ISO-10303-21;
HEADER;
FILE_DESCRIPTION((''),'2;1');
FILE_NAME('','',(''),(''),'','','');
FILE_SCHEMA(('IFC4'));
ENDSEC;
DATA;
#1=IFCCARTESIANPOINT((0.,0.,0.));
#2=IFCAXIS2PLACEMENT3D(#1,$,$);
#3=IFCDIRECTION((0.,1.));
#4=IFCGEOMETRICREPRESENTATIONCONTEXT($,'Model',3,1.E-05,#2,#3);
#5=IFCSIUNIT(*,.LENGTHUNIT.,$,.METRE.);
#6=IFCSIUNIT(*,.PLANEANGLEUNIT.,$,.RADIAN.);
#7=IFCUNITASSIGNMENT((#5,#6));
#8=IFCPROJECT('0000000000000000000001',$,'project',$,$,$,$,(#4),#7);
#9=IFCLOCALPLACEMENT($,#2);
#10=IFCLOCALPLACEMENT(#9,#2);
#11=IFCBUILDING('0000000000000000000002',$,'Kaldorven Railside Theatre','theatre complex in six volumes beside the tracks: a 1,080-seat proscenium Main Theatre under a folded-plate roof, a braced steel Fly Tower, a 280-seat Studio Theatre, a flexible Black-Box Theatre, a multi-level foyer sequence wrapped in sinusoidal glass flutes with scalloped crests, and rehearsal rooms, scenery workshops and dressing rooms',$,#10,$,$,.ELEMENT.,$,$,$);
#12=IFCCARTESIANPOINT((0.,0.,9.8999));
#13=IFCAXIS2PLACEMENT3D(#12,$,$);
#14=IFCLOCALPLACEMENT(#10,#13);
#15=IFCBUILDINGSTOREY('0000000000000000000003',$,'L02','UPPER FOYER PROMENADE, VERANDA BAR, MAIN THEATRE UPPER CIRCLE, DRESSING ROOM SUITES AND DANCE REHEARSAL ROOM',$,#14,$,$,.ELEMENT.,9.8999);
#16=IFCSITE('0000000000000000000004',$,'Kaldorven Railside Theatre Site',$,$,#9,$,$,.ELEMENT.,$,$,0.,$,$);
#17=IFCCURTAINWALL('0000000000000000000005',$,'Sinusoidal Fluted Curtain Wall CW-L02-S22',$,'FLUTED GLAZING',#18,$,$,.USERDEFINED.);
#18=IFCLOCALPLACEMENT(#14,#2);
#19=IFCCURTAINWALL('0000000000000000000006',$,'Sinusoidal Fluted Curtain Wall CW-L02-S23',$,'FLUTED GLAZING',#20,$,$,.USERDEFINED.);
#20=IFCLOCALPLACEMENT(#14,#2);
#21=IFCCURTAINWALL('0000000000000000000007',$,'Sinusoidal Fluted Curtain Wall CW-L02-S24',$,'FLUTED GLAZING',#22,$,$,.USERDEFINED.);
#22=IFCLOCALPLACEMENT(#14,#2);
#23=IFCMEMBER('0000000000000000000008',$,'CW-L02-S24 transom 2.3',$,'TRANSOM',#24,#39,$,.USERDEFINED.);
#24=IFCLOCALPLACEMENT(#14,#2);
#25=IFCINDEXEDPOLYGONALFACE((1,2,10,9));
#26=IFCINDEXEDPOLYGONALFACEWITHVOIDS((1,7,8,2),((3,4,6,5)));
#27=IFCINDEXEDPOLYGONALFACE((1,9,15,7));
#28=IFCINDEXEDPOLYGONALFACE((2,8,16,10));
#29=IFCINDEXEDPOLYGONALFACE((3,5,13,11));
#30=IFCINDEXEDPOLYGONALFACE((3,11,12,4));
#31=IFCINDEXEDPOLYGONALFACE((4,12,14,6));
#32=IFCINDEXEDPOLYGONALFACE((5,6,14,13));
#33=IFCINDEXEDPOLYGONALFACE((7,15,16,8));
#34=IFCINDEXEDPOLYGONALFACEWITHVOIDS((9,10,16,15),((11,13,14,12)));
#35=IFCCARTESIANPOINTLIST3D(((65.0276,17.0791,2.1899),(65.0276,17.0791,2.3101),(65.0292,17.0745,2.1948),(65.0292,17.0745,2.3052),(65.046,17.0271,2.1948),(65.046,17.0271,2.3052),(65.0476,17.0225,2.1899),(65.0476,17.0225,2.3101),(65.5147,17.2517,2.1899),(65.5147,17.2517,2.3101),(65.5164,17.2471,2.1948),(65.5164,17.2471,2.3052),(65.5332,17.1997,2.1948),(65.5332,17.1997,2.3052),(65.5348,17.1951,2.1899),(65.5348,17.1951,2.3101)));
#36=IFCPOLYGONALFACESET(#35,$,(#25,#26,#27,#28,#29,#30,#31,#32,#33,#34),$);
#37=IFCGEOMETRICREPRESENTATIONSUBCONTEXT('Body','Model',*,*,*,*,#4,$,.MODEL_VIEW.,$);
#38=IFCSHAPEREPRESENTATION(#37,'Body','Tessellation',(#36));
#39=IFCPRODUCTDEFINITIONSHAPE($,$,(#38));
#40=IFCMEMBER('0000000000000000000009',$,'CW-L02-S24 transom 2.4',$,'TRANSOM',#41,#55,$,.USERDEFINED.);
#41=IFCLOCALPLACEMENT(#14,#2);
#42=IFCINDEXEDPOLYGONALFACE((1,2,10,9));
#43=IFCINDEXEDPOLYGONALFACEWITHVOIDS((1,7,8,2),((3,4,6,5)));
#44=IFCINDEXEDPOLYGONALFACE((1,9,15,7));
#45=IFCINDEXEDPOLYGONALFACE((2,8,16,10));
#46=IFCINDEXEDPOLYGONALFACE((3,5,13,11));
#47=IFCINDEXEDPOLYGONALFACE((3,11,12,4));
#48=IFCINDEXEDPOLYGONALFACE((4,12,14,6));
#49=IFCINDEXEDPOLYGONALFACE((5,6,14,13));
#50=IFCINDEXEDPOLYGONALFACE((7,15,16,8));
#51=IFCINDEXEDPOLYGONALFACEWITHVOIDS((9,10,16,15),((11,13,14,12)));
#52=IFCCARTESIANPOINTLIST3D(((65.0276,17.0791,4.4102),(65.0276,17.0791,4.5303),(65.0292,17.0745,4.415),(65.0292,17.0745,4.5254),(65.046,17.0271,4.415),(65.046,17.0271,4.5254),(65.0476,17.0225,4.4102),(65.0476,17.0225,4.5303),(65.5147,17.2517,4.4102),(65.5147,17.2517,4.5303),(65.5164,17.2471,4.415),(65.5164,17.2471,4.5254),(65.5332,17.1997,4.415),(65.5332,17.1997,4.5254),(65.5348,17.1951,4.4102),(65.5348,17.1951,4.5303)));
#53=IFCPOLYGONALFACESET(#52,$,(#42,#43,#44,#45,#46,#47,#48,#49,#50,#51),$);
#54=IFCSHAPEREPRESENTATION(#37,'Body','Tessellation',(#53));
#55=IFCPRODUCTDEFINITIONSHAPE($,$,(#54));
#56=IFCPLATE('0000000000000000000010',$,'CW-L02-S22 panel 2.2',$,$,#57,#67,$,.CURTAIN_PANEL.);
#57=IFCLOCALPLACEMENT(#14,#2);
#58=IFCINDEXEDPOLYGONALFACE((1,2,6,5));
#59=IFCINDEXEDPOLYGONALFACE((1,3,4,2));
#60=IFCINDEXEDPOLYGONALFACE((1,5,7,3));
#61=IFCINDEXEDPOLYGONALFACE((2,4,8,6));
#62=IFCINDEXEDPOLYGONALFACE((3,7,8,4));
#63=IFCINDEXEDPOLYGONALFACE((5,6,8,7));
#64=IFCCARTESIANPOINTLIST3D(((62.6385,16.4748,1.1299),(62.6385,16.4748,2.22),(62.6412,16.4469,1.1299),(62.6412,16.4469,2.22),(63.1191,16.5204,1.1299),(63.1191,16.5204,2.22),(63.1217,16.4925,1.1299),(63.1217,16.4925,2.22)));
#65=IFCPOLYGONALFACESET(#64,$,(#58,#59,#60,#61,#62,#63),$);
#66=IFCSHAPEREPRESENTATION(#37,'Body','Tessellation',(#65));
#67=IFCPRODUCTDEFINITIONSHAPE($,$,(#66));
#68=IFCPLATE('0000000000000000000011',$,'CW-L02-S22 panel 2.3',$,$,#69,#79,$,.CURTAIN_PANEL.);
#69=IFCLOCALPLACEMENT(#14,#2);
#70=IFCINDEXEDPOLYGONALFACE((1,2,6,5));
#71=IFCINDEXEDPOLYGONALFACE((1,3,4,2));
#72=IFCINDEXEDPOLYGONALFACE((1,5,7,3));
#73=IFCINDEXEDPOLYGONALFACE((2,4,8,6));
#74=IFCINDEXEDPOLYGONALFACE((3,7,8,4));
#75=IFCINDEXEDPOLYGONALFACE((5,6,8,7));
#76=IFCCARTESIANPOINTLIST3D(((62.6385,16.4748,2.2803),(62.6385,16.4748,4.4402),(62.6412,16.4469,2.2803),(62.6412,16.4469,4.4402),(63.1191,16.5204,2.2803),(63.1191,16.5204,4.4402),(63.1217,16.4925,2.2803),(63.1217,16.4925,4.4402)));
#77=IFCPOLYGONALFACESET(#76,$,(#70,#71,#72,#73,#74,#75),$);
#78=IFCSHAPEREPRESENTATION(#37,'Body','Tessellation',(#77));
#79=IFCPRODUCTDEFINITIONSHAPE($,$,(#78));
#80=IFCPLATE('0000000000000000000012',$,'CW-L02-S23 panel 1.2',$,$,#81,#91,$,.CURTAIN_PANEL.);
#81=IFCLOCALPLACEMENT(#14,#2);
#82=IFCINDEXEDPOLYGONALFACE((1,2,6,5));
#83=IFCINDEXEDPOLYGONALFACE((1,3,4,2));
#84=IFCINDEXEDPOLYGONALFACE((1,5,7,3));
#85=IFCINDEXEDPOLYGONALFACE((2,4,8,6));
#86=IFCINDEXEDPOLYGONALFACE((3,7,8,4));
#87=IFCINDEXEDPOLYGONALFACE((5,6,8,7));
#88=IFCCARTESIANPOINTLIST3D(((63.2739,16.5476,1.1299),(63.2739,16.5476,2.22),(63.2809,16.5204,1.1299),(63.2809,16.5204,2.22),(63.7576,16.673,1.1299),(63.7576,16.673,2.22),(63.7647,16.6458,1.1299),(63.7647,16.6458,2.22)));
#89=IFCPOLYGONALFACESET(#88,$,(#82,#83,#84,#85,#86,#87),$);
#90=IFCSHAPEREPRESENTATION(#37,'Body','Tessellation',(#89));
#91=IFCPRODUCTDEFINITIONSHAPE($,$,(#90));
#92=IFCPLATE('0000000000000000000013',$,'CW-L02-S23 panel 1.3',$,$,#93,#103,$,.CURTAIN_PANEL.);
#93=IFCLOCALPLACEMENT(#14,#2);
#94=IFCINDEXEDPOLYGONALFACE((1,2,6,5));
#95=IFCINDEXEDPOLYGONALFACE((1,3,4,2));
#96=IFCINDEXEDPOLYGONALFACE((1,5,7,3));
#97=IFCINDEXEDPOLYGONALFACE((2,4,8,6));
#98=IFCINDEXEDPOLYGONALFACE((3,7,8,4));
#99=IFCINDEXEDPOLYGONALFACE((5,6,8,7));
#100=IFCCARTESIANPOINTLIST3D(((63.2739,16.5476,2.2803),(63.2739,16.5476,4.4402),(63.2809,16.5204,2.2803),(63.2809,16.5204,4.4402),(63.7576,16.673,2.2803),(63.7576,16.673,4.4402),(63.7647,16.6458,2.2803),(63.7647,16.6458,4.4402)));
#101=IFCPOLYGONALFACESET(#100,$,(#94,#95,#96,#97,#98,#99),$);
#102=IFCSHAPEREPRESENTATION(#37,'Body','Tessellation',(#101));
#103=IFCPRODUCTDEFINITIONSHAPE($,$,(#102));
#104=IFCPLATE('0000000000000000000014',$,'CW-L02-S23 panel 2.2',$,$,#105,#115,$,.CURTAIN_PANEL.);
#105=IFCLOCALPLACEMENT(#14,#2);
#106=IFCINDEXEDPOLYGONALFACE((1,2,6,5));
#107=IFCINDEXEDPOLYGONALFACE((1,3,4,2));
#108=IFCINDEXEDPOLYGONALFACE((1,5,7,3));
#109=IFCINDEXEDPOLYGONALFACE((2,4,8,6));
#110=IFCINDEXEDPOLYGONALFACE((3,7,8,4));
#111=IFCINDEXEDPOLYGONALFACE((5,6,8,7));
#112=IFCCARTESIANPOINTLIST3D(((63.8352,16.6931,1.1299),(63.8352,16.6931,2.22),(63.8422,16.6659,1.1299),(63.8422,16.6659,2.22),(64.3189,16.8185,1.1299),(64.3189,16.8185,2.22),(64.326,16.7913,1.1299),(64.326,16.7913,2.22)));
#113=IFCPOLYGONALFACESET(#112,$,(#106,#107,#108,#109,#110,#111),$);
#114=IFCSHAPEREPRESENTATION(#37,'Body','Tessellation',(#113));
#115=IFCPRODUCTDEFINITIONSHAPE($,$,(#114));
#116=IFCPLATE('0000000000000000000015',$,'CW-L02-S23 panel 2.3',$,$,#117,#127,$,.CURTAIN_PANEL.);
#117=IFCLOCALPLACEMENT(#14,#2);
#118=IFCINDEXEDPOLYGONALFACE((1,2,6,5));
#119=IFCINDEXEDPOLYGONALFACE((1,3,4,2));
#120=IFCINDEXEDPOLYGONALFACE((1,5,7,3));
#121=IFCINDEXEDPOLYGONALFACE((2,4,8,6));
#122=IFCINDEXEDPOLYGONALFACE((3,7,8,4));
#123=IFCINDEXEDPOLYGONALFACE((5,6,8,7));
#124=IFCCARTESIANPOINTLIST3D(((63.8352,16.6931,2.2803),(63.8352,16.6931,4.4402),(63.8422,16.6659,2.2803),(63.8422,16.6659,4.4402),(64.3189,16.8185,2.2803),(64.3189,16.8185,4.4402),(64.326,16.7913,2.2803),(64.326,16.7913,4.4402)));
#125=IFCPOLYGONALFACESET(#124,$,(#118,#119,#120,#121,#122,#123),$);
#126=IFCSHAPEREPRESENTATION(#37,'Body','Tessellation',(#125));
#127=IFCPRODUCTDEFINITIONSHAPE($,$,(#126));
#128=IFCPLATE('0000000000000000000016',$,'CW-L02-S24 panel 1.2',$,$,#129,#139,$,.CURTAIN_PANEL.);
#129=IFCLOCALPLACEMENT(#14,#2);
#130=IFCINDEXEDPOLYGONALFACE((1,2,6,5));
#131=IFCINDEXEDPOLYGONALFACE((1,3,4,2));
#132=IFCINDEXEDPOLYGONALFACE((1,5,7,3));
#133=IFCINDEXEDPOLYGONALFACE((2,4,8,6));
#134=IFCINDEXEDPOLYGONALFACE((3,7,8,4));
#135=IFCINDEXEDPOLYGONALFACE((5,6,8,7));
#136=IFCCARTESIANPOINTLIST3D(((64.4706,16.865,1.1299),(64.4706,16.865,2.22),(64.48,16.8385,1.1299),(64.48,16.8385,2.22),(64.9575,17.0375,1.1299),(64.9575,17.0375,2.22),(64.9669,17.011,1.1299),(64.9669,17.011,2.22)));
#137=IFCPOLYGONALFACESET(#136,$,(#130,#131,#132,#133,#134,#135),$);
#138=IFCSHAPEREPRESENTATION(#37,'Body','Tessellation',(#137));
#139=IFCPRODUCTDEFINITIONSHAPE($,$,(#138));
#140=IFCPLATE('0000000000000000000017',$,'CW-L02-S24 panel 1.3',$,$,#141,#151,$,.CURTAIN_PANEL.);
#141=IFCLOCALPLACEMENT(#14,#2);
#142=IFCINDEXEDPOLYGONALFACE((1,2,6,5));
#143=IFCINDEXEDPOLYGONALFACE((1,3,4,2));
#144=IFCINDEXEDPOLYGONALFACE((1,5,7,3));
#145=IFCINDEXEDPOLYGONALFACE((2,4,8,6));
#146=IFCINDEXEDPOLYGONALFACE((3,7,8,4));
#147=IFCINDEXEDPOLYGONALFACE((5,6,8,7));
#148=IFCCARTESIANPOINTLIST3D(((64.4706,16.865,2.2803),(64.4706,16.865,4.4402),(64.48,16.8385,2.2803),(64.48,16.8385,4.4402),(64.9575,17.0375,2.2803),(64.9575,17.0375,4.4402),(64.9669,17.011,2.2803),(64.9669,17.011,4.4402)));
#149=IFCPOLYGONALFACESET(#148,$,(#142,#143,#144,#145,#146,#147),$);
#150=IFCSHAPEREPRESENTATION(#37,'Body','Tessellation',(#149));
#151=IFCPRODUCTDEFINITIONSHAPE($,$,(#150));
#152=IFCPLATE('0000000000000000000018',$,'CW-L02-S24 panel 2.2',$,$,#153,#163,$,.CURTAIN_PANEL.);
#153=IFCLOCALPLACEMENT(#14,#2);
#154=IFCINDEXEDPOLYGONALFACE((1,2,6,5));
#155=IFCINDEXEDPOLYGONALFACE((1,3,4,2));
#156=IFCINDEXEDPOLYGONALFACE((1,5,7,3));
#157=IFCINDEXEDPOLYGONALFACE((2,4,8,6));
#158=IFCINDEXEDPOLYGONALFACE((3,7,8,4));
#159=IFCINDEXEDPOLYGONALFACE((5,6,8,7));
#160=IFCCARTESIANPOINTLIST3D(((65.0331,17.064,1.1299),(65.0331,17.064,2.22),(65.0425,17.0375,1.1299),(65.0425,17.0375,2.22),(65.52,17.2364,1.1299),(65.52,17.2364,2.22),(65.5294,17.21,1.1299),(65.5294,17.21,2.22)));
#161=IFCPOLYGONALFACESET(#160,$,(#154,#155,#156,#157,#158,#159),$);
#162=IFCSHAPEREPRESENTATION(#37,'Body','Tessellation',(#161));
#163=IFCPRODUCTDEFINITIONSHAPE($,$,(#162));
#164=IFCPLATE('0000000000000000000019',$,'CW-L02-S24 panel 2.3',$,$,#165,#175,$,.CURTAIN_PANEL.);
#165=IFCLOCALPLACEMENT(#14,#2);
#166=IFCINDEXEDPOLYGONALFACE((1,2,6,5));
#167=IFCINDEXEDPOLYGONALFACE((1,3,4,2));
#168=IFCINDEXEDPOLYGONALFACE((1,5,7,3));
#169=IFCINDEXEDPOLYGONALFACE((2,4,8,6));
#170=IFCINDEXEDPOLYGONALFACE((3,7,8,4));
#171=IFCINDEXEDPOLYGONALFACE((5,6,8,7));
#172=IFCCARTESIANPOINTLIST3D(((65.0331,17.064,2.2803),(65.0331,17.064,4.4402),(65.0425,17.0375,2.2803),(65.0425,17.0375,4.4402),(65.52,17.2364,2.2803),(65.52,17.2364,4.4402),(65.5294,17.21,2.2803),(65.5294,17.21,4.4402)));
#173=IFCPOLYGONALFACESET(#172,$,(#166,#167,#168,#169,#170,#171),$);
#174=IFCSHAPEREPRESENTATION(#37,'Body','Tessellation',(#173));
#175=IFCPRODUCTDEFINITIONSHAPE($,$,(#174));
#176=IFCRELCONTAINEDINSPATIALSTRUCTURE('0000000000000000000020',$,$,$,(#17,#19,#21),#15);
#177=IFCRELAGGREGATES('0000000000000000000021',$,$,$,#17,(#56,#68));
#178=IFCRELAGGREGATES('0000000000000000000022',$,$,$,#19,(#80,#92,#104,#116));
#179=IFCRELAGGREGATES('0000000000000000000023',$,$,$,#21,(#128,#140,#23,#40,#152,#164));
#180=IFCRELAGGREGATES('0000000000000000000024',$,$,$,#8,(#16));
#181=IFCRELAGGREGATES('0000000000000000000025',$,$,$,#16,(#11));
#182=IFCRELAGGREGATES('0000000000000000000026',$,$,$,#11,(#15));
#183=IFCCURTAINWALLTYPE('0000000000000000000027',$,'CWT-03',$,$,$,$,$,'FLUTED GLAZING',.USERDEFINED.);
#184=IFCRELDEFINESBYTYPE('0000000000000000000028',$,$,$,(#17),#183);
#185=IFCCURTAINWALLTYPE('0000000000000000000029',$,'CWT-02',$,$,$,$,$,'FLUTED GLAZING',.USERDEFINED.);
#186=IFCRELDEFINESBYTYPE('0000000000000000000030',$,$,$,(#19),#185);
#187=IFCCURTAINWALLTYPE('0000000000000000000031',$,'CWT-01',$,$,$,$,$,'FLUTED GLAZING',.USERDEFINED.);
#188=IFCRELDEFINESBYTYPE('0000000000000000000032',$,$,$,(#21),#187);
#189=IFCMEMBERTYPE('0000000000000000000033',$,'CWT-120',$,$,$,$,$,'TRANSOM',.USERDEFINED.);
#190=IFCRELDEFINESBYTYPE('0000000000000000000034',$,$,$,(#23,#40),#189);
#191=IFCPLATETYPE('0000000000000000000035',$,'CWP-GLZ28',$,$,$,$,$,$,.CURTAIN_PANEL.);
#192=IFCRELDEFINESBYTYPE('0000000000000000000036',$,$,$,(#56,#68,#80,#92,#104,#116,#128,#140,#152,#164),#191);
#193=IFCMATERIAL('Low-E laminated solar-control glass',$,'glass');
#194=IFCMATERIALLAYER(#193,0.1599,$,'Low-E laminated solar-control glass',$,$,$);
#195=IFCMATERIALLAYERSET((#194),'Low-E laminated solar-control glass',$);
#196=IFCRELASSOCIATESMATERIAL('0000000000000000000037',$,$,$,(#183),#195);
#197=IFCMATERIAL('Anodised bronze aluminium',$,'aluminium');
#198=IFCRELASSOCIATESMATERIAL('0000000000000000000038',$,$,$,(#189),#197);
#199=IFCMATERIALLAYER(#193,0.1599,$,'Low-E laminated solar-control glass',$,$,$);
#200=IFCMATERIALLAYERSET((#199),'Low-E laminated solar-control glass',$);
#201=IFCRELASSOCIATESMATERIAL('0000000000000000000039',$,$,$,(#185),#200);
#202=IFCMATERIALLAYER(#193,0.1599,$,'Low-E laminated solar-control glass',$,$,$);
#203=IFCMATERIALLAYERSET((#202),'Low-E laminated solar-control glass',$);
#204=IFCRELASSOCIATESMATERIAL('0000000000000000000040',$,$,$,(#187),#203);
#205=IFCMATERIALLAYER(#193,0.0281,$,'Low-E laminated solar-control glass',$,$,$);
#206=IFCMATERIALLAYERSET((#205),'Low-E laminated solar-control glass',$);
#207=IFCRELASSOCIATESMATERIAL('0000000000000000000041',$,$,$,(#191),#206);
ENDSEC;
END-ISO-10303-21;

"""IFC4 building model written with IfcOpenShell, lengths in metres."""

from ifc_helpers import new_model, si_unit, direction, frame, origin, origin_2d, place, context, subcontext, project, spatial, rectangle, hollow_rectangle, extrude, material, layer, layer_set, material_profile, profile_set, type_object, element, aggregate, save


model = new_model("IFC4")

# Units and contexts
model_context = context("Model", 3, precision=1e-05, world=origin(), true_north=direction((0.0, 1.0)))
body_context = subcontext(model_context, "Body", "Model", "MODEL_VIEW")
ifc_project = project(units=[si_unit("LENGTHUNIT", "METRE"), si_unit("PLANEANGLEUNIT", "RADIAN")], contexts=[model_context])

# Site, building, storey
site_placement = place(None, origin())
site = spatial("IfcSite", under=ifc_project, at=site_placement, Name="Kaldorven Railside Theatre Site", CompositionType="ELEMENT", RefElevation=0.0)
building_placement = place(site_placement, origin())
building = spatial("IfcBuilding", under=site, at=building_placement, Name="Kaldorven Railside Theatre", Description="theatre complex in six volumes beside the tracks: a 1,080-seat proscenium Main Theatre under a folded-plate roof, a braced steel Fly Tower, a 280-seat Studio Theatre, a flexible Black-Box Theatre, a multi-level foyer sequence wrapped in sinusoidal glass flutes with scalloped crests, and rehearsal rooms, scenery workshops and dressing rooms", CompositionType="ELEMENT")
storey_placement = place(building_placement, frame((0.0, 0.0, 9.8999)))
storey = spatial("IfcBuildingStorey", under=building, at=storey_placement, Name="L02", Description="UPPER FOYER PROMENADE, VERANDA BAR, MAIN THEATRE UPPER CIRCLE, DRESSING ROOM SUITES AND DANCE REHEARSAL ROOM", CompositionType="ELEMENT", Elevation=9.8999)

# Curtain walls, members
ifc_material_1 = material(Name="Low-E laminated solar-control glass", Category="glass")
ifc_layer_1 = layer(ifc_material_1, 0.1599, Name="Low-E laminated solar-control glass")
ifc_layer_set_1 = layer_set([ifc_layer_1], Name="Low-E laminated solar-control glass")
curtain_wall_type_1 = type_object("IfcCurtainWallType", Name="CWT-03", ElementType="FLUTED GLAZING", PredefinedType="USERDEFINED", material=ifc_layer_set_1)
curtain_wall_1_placement = place(storey_placement, origin())
curtain_wall_1 = element("IfcCurtainWall", 1, at=curtain_wall_1_placement, inside=storey, type_object=curtain_wall_type_1, Name="Sinusoidal Fluted Curtain Wall CW-L02-S22", ObjectType="FLUTED GLAZING", PredefinedType="USERDEFINED")
ifc_material_2 = material(Name="Anodised bronze aluminium", Category="aluminium")
ifc_material_profile = material_profile(ifc_material_2, hollow_rectangle(XDim=0.0601, YDim=0.1201, WallThickness=0.0049, at=origin_2d()), Name="RHS 120x60x5")
ifc_profile_set = profile_set([ifc_material_profile], Name="Anodised bronze aluminium")
member_type = type_object("IfcMemberType", Name="CWT-120", ElementType="TRANSOM", PredefinedType="USERDEFINED", material=ifc_profile_set)
ifc_layer_2 = layer(ifc_material_1, 0.1599, Name="Low-E laminated solar-control glass")
ifc_layer_set_2 = layer_set([ifc_layer_2], Name="Low-E laminated solar-control glass")
curtain_wall_type_2 = type_object("IfcCurtainWallType", Name="CWT-02", ElementType="FLUTED GLAZING", PredefinedType="USERDEFINED", material=ifc_layer_set_2)
curtain_wall_2_placement = place(storey_placement, origin())
curtain_wall_2 = element("IfcCurtainWall", 2, at=curtain_wall_2_placement, inside=storey, type_object=curtain_wall_type_2, Name="Sinusoidal Fluted Curtain Wall CW-L02-S23", ObjectType="FLUTED GLAZING", PredefinedType="USERDEFINED")
ifc_layer_3 = layer(ifc_material_1, 0.1599, Name="Low-E laminated solar-control glass")
ifc_layer_set_3 = layer_set([ifc_layer_3], Name="Low-E laminated solar-control glass")
curtain_wall_type_3 = type_object("IfcCurtainWallType", Name="CWT-01", ElementType="FLUTED GLAZING", PredefinedType="USERDEFINED", material=ifc_layer_set_3)
curtain_wall_3_placement = place(storey_placement, origin())
curtain_wall_3 = element("IfcCurtainWall", 3, at=curtain_wall_3_placement, inside=storey, type_object=curtain_wall_type_3, Name="Sinusoidal Fluted Curtain Wall CW-L02-S24", ObjectType="FLUTED GLAZING", PredefinedType="USERDEFINED")
member_1_placement = place(storey_placement, frame((65.0376, 17.0508, 2.25), z_axis=(0.942562, 0.334031, 0.0), x_axis=(-0.334031, 0.942562, 0.0)))
member_1 = element("IfcMember", 4, at=member_1_placement, type_object=member_type, Name="CW-L02-S24 transom 2.3", ObjectType="TRANSOM", PredefinedType="USERDEFINED", context=body_context, shape_type="SweptSolid", body=[
    extrude(hollow_rectangle(XDim=0.0601, YDim=0.1201, WallThickness=0.0049, at=origin_2d()), origin(), (0.0, 0.0, 1.0), 0.5168),
])
member_2_placement = place(storey_placement, frame((65.0376, 17.0508, 4.4702), z_axis=(0.942562, 0.334031, 0.0), x_axis=(-0.334031, 0.942562, 0.0)))
member_2 = element("IfcMember", 5, at=member_2_placement, type_object=member_type, Name="CW-L02-S24 transom 2.4", ObjectType="TRANSOM", PredefinedType="USERDEFINED", context=body_context, shape_type="SweptSolid", body=[
    extrude(hollow_rectangle(XDim=0.0601, YDim=0.1201, WallThickness=0.0049, at=origin_2d()), origin(), (0.0, 0.0, 1.0), 0.5168),
])

# Plates
ifc_layer_4 = layer(ifc_material_1, 0.0281, Name="Low-E laminated solar-control glass")
ifc_layer_set_4 = layer_set([ifc_layer_4], Name="Low-E laminated solar-control glass")
plate_type = type_object("IfcPlateType", Name="CWP-GLZ28", PredefinedType="CURTAIN_PANEL", material=ifc_layer_set_4)
plate_1_placement = place(storey_placement, frame((62.8801, 16.4836, 1.1299), z_axis=(0.0, 0.0, 1.0), x_axis=(0.995526, 0.094492, 0.0)))
plate_1 = element("IfcPlate", 6, at=plate_1_placement, type_object=plate_type, Name="CW-L02-S22 panel 2.2", PredefinedType="CURTAIN_PANEL", context=body_context, shape_type="SweptSolid", body=[
    extrude(rectangle(XDim=0.4827, YDim=0.0281, at=origin_2d()), origin(), (0.0, 0.0, 1.0), 1.0901),
])
plate_2_placement = place(storey_placement, frame((62.8801, 16.4836, 2.2803), z_axis=(0.0, 0.0, 1.0), x_axis=(0.995526, 0.094492, 0.0)))
plate_2 = element("IfcPlate", 7, at=plate_2_placement, type_object=plate_type, Name="CW-L02-S22 panel 2.3", PredefinedType="CURTAIN_PANEL", context=body_context, shape_type="SweptSolid", body=[
    extrude(rectangle(XDim=0.4827, YDim=0.0281, at=origin_2d()), origin(), (0.0, 0.0, 1.0), 2.1599),
])
aggregate(curtain_wall_1, [plate_1, plate_2])
plate_3_placement = place(storey_placement, frame((63.5193, 16.5967, 1.1299), z_axis=(0.0, 0.0, 1.0), x_axis=(0.967999, 0.250954, 0.0)))
plate_3 = element("IfcPlate", 8, at=plate_3_placement, type_object=plate_type, Name="CW-L02-S23 panel 1.2", PredefinedType="CURTAIN_PANEL", context=body_context, shape_type="SweptSolid", body=[
    extrude(rectangle(XDim=0.4998, YDim=0.0281, at=origin_2d()), origin(), (0.0, 0.0, 1.0), 1.0901),
])
plate_4_placement = place(storey_placement, frame((63.5193, 16.5967, 2.2803), z_axis=(0.0, 0.0, 1.0), x_axis=(0.967999, 0.250954, 0.0)))
plate_4 = element("IfcPlate", 9, at=plate_4_placement, type_object=plate_type, Name="CW-L02-S23 panel 1.3", PredefinedType="CURTAIN_PANEL", context=body_context, shape_type="SweptSolid", body=[
    extrude(rectangle(XDim=0.4998, YDim=0.0281, at=origin_2d()), origin(), (0.0, 0.0, 1.0), 2.1599),
])
plate_5_placement = place(storey_placement, frame((64.0806, 16.7422, 1.1299), z_axis=(0.0, 0.0, 1.0), x_axis=(0.967999, 0.250954, 0.0)))
plate_5 = element("IfcPlate", 10, at=plate_5_placement, type_object=plate_type, Name="CW-L02-S23 panel 2.2", PredefinedType="CURTAIN_PANEL", context=body_context, shape_type="SweptSolid", body=[
    extrude(rectangle(XDim=0.4998, YDim=0.0281, at=origin_2d()), origin(), (0.0, 0.0, 1.0), 1.0901),
])
plate_6_placement = place(storey_placement, frame((64.0806, 16.7422, 2.2803), z_axis=(0.0, 0.0, 1.0), x_axis=(0.967999, 0.250954, 0.0)))
plate_6 = element("IfcPlate", 11, at=plate_6_placement, type_object=plate_type, Name="CW-L02-S23 panel 2.3", PredefinedType="CURTAIN_PANEL", context=body_context, shape_type="SweptSolid", body=[
    extrude(rectangle(XDim=0.4998, YDim=0.0281, at=origin_2d()), origin(), (0.0, 0.0, 1.0), 2.1599),
])
aggregate(curtain_wall_2, [plate_3, plate_4, plate_5, plate_6])
plate_7_placement = place(storey_placement, frame((64.7188, 16.938, 1.1299), z_axis=(0.0, 0.0, 1.0), x_axis=(0.942627, 0.333847, 0.0)))
plate_7 = element("IfcPlate", 12, at=plate_7_placement, type_object=plate_type, Name="CW-L02-S24 panel 1.2", PredefinedType="CURTAIN_PANEL", context=body_context, shape_type="SweptSolid", body=[
    extrude(rectangle(XDim=0.5166, YDim=0.0281, at=origin_2d()), origin(), (0.0, 0.0, 1.0), 1.0901),
])
plate_8_placement = place(storey_placement, frame((64.7188, 16.938, 2.2803), z_axis=(0.0, 0.0, 1.0), x_axis=(0.942627, 0.333847, 0.0)))
plate_8 = element("IfcPlate", 13, at=plate_8_placement, type_object=plate_type, Name="CW-L02-S24 panel 1.3", PredefinedType="CURTAIN_PANEL", context=body_context, shape_type="SweptSolid", body=[
    extrude(rectangle(XDim=0.5166, YDim=0.0281, at=origin_2d()), origin(), (0.0, 0.0, 1.0), 2.1599),
])
plate_9_placement = place(storey_placement, frame((65.2812, 17.137, 1.1299), z_axis=(0.0, 0.0, 1.0), x_axis=(0.942627, 0.333847, 0.0)))
plate_9 = element("IfcPlate", 14, at=plate_9_placement, type_object=plate_type, Name="CW-L02-S24 panel 2.2", PredefinedType="CURTAIN_PANEL", context=body_context, shape_type="SweptSolid", body=[
    extrude(rectangle(XDim=0.5166, YDim=0.0281, at=origin_2d()), origin(), (0.0, 0.0, 1.0), 1.0901),
])
plate_10_placement = place(storey_placement, frame((65.2812, 17.137, 2.2803), z_axis=(0.0, 0.0, 1.0), x_axis=(0.942627, 0.333847, 0.0)))
plate_10 = element("IfcPlate", 15, at=plate_10_placement, type_object=plate_type, Name="CW-L02-S24 panel 2.3", PredefinedType="CURTAIN_PANEL", context=body_context, shape_type="SweptSolid", body=[
    extrude(rectangle(XDim=0.5166, YDim=0.0281, at=origin_2d()), origin(), (0.0, 0.0, 1.0), 2.1599),
])
aggregate(curtain_wall_3, [plate_7, plate_8, member_1, member_2, plate_9, plate_10])

save(model, "model.ifc")
